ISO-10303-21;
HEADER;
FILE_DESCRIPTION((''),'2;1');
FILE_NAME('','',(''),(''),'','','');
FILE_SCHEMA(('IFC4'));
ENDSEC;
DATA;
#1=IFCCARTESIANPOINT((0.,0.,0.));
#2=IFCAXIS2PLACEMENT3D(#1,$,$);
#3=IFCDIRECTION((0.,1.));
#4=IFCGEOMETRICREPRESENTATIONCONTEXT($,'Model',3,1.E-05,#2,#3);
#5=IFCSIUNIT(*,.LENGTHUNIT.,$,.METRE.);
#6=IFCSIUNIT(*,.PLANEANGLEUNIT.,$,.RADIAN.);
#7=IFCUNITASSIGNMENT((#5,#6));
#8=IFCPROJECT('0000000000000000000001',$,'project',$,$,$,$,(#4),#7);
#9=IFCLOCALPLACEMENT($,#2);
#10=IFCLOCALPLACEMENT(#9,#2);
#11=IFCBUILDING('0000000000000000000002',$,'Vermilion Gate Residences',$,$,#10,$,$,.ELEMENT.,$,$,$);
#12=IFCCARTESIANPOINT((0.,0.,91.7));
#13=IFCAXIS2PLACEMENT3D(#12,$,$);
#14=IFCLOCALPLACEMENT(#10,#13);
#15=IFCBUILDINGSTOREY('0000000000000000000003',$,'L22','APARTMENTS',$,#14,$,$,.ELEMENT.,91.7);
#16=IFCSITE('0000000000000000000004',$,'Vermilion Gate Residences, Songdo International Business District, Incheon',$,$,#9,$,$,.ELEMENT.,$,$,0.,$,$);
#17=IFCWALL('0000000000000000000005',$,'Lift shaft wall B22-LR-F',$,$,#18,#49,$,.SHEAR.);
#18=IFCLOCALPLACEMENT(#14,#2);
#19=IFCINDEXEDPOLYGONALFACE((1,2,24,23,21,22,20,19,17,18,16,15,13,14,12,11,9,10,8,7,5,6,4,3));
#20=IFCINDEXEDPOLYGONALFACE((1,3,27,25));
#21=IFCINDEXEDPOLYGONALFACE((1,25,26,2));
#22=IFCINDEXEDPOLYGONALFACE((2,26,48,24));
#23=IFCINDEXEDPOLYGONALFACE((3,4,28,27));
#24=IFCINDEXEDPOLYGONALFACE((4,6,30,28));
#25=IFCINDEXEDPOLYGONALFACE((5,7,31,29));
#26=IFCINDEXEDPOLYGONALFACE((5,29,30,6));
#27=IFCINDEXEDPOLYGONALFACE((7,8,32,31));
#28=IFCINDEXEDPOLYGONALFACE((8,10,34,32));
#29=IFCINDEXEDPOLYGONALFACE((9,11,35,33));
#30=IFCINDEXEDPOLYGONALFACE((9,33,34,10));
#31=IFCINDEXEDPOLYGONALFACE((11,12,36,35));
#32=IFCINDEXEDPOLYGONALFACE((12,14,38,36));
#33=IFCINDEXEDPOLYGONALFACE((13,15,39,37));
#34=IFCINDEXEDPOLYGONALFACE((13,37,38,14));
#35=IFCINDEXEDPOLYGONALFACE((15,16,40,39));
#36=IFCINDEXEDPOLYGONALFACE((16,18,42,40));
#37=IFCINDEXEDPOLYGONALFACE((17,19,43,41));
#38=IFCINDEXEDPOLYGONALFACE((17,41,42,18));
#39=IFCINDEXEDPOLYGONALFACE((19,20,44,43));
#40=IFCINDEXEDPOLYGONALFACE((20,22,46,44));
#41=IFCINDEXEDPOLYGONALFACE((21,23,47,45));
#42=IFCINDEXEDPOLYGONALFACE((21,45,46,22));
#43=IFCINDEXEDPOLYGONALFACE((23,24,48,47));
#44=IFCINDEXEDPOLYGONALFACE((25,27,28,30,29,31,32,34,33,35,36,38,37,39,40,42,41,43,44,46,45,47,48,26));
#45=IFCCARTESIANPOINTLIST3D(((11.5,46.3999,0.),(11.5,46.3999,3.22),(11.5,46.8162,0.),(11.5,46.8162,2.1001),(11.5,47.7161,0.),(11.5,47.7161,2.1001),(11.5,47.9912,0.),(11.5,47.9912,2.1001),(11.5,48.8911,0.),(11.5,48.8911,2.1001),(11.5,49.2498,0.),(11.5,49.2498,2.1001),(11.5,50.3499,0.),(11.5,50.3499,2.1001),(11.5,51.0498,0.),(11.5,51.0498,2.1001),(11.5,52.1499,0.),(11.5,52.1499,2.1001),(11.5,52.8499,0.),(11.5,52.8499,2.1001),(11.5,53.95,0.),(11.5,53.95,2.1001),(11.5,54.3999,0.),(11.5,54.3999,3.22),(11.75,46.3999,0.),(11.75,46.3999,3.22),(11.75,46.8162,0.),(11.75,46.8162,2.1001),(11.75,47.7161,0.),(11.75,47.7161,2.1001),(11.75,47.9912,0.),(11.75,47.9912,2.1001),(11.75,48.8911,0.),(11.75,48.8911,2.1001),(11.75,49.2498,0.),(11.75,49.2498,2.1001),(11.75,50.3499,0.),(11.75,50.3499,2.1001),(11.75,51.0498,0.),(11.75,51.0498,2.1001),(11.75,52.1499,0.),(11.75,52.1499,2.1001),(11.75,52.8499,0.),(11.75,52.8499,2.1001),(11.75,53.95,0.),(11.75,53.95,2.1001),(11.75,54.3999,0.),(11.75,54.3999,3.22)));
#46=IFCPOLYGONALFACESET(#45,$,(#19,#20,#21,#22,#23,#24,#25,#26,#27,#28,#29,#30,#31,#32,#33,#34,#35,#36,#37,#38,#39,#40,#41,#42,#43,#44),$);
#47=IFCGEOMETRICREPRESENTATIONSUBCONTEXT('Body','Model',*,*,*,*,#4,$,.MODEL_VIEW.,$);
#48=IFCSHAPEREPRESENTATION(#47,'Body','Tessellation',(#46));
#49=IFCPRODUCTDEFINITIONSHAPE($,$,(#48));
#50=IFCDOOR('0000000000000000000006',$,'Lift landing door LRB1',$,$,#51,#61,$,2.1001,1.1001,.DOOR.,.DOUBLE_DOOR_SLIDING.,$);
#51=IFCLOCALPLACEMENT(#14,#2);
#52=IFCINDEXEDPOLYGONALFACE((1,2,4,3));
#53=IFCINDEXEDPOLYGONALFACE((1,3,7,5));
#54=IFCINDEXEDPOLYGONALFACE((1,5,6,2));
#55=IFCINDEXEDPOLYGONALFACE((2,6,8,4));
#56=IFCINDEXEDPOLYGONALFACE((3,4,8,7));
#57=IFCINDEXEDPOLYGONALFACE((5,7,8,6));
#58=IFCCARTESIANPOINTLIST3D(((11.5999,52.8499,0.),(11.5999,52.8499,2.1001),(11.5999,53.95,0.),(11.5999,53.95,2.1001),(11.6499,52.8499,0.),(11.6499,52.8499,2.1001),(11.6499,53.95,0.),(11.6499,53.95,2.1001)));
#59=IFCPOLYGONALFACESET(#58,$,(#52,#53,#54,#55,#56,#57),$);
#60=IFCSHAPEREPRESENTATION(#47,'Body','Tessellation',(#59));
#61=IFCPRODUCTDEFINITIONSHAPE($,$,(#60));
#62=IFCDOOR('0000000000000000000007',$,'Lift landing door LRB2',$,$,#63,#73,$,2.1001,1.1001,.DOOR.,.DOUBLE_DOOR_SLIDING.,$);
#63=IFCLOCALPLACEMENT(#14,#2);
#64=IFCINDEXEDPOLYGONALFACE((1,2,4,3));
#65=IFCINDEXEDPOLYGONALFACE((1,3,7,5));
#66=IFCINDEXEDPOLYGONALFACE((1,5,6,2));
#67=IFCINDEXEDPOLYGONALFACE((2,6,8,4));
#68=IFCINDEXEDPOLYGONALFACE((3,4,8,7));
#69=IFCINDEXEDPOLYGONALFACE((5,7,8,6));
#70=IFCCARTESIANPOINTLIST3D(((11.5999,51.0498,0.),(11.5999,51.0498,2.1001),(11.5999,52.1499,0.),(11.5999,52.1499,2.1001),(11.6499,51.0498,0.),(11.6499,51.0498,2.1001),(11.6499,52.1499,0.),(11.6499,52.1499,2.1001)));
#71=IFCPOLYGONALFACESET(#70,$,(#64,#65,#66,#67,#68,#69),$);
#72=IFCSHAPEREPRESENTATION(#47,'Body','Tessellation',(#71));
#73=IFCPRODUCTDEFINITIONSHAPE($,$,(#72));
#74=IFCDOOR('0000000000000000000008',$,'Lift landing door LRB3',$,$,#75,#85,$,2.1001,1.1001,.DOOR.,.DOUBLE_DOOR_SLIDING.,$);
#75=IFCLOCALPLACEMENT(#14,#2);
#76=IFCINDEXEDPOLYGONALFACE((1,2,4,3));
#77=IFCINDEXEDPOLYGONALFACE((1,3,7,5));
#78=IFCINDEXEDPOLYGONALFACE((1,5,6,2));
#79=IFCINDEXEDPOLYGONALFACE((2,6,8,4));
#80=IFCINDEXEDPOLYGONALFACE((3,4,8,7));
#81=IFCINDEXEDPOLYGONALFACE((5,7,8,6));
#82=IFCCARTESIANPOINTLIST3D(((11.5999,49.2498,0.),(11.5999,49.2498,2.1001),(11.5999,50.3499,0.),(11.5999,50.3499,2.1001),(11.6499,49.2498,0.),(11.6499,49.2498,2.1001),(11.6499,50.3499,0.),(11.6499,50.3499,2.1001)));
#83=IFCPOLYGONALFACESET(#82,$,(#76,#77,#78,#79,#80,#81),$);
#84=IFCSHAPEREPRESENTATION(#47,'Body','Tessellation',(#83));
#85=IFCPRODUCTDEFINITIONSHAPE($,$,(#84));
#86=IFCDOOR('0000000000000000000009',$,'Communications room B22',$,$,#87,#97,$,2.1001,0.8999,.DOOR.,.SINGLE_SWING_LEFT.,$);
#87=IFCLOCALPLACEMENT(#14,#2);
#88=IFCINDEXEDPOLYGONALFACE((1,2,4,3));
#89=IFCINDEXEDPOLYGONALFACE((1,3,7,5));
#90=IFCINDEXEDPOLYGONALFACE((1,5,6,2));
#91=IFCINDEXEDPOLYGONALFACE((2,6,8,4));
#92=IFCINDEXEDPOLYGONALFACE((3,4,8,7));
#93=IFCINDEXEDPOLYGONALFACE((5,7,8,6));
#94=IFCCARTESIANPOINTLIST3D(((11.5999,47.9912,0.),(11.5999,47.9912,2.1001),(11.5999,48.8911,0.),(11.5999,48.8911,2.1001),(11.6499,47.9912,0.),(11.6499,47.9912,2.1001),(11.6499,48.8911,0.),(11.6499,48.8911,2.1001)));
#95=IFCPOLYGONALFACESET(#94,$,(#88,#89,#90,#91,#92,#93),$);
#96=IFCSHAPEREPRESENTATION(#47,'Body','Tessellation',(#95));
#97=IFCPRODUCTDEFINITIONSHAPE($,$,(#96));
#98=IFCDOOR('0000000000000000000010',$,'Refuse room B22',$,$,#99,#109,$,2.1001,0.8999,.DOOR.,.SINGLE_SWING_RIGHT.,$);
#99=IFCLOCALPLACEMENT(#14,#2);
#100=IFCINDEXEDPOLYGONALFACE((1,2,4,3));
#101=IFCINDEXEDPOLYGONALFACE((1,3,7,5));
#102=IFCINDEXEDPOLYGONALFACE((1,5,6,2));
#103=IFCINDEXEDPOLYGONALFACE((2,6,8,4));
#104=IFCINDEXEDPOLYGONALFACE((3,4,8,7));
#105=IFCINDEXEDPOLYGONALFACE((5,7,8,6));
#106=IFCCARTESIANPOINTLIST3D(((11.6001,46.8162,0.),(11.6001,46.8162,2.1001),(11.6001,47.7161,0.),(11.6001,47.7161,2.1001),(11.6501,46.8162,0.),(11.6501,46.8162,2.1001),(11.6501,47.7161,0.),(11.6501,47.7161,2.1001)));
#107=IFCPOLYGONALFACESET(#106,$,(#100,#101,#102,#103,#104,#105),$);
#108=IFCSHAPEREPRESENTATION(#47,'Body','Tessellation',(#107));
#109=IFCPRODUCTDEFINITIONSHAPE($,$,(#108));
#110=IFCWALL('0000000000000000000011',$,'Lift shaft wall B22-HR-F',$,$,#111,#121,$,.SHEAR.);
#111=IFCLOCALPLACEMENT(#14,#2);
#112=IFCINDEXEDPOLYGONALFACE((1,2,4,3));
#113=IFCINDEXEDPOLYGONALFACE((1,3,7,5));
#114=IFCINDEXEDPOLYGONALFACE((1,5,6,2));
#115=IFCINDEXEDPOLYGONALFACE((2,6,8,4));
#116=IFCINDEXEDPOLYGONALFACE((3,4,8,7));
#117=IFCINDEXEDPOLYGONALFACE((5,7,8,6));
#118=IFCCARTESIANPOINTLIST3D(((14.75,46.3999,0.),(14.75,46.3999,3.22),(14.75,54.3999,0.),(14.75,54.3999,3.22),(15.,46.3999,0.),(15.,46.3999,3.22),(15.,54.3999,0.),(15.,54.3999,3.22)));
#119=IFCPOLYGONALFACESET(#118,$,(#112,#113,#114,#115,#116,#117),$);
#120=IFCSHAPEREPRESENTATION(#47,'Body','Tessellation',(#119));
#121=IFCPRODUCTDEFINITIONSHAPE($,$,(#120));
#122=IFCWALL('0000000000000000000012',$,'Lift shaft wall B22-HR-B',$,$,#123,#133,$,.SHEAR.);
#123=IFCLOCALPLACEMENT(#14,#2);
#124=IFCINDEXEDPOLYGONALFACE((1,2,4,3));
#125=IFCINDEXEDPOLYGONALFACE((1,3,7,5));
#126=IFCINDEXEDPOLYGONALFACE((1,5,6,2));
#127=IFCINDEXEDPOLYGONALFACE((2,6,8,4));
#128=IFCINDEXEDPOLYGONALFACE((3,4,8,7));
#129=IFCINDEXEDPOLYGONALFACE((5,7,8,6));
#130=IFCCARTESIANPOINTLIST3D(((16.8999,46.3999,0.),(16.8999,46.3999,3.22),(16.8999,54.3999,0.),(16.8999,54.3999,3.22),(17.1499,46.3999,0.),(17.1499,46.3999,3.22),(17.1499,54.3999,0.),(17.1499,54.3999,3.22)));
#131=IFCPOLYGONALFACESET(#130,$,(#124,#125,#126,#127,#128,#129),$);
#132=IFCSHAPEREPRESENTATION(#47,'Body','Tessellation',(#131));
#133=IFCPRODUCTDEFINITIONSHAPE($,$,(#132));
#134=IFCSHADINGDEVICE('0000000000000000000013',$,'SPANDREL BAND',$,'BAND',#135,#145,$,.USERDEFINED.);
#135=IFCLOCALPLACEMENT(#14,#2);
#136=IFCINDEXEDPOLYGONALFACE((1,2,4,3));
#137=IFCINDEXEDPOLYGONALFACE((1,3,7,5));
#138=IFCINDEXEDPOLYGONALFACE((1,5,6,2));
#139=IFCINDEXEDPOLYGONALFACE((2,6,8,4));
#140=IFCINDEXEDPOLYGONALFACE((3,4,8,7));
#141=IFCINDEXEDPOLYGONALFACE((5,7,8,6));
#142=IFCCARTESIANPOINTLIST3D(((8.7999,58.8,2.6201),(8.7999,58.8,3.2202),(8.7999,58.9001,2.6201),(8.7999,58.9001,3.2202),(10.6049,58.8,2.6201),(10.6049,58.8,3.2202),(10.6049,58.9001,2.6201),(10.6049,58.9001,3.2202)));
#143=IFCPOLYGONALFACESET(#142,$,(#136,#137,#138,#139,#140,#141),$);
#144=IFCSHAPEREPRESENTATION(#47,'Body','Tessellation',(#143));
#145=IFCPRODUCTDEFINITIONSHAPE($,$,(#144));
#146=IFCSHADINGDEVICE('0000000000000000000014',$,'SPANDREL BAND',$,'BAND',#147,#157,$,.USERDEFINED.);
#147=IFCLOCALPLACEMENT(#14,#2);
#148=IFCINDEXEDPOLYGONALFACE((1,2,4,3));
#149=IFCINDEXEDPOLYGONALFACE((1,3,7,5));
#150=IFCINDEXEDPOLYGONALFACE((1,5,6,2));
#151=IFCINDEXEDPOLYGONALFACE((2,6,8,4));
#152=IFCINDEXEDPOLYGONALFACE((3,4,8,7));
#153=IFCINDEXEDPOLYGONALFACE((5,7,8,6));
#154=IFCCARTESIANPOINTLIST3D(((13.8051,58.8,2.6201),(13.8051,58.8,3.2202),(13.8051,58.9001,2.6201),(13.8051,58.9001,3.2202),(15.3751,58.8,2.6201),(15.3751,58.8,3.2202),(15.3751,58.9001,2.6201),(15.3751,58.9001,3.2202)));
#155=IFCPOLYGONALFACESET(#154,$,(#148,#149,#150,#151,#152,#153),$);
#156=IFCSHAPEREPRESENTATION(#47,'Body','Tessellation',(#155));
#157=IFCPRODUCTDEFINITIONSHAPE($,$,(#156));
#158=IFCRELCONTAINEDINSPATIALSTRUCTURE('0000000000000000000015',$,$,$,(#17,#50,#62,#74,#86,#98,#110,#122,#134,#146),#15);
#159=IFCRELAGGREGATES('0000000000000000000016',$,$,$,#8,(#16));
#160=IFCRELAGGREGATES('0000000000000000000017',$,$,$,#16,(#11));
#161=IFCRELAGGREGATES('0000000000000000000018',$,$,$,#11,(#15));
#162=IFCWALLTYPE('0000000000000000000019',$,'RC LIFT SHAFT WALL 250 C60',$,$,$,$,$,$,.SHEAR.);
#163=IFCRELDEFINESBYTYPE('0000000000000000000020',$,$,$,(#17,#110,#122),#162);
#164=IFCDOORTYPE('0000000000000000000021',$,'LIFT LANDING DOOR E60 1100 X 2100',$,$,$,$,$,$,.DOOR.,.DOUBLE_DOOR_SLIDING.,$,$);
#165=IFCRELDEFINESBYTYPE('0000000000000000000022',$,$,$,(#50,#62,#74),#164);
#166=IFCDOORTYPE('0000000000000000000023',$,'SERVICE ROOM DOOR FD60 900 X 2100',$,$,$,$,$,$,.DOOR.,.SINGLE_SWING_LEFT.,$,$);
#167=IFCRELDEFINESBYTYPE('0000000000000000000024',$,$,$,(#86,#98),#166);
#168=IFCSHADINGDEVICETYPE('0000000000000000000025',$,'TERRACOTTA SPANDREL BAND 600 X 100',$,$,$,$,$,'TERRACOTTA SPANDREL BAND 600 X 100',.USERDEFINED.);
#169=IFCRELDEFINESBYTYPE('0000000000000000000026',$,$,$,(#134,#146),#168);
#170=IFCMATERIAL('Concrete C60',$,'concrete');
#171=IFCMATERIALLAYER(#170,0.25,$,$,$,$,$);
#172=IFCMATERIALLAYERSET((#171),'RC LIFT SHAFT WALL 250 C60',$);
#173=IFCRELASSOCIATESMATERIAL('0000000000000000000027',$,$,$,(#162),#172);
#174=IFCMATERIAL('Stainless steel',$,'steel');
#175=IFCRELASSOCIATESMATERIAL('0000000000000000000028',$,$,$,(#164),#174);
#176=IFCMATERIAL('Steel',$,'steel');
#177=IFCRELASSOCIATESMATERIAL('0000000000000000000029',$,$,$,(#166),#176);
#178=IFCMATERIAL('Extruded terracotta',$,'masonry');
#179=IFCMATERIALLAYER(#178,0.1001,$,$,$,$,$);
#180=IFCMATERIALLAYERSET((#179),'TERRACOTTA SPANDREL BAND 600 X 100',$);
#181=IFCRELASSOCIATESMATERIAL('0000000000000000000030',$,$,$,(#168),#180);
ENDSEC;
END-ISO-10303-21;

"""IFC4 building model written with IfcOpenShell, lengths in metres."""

from ifc_helpers import new_model, si_unit, direction, frame, frame_2d, origin, origin_2d, place, context, subcontext, project, spatial, rectangle, extrude, material, layer, layer_set, type_object, element, fill, save


model = new_model("IFC4")

# Units and contexts
model_context = context("Model", 3, precision=1e-05, world=origin(), true_north=direction((0.0, 1.0)))
body_context = subcontext(model_context, "Body", "Model", "MODEL_VIEW")
ifc_project = project(units=[si_unit("LENGTHUNIT", "METRE"), si_unit("PLANEANGLEUNIT", "RADIAN")], contexts=[model_context])

# Site, building, storey
site_placement = place(None, origin())
site = spatial("IfcSite", under=ifc_project, at=site_placement, Name="Vermilion Gate Residences, Songdo International Business District, Incheon", CompositionType="ELEMENT", RefElevation=0.0)
building_placement = place(site_placement, origin())
building = spatial("IfcBuilding", under=site, at=building_placement, Name="Vermilion Gate Residences", CompositionType="ELEMENT")
storey_placement = place(building_placement, frame((0.0, 0.0, 91.7)))
storey = spatial("IfcBuildingStorey", under=building, at=storey_placement, Name="L22", Description="APARTMENTS", CompositionType="ELEMENT", Elevation=91.7)

# Wall, openings, doors
ifc_material_1 = material(Name="Concrete C60", Category="concrete")
ifc_layer_1 = layer(ifc_material_1, 0.25)
ifc_layer_set_1 = layer_set([ifc_layer_1], Name="RC LIFT SHAFT WALL 250 C60")
wall_type_1 = type_object("IfcWallType", Name="RC LIFT SHAFT WALL 250 C60", PredefinedType="SHEAR", material=ifc_layer_set_1)
wall_1_placement = place(storey_placement, frame((11.625, 54.3999, 0.0), z_axis=(0.0, 0.0, 1.0), x_axis=(0.0, -1.0, 0.0)))
wall_1 = element("IfcWall", 1, at=wall_1_placement, inside=storey, type_object=wall_type_1, Name="Lift shaft wall B22-LR-F", PredefinedType="SHEAR", context=body_context, shape_type="SweptSolid", body=[
    extrude(rectangle(XDim=8.0, YDim=0.25, at=frame_2d((4.0, 0.0))), origin(), (0.0, 0.0, 1.0), 3.22),
])
opening_1_placement = place(wall_1_placement, frame((0.45, 0.0, 0.0)))
opening_1 = element("IfcOpeningElement", 2, at=opening_1_placement, cuts=wall_1, PredefinedType="OPENING", context=body_context, shape_type="SweptSolid", body=[
    extrude(rectangle(XDim=1.1001, YDim=2.1001, at=frame_2d((0.55, 1.05))), frame((0.0, 0.135, 0.0), z_axis=(0.0, -1.0, 0.0), x_axis=(1.0, 0.0, 0.0)), (0.0, 0.0, 1.0), 0.27),
])
opening_2_placement = place(wall_1_placement, frame((2.25, 0.0, 0.0)))
opening_2 = element("IfcOpeningElement", 3, at=opening_2_placement, cuts=wall_1, PredefinedType="OPENING", context=body_context, shape_type="SweptSolid", body=[
    extrude(rectangle(XDim=1.1001, YDim=2.1001, at=frame_2d((0.55, 1.05))), frame((0.0, 0.135, 0.0), z_axis=(0.0, -1.0, 0.0), x_axis=(1.0, 0.0, 0.0)), (0.0, 0.0, 1.0), 0.27),
])
opening_3_placement = place(wall_1_placement, frame((4.05, 0.0, 0.0)))
opening_3 = element("IfcOpeningElement", 4, at=opening_3_placement, cuts=wall_1, PredefinedType="OPENING", context=body_context, shape_type="SweptSolid", body=[
    extrude(rectangle(XDim=1.1001, YDim=2.1001, at=frame_2d((0.55, 1.05))), frame((0.0, 0.135, 0.0), z_axis=(0.0, -1.0, 0.0), x_axis=(1.0, 0.0, 0.0)), (0.0, 0.0, 1.0), 0.27),
])
opening_4_placement = place(wall_1_placement, frame((5.5088, 0.0, 0.0)))
opening_4 = element("IfcOpeningElement", 5, at=opening_4_placement, cuts=wall_1, PredefinedType="OPENING", context=body_context, shape_type="SweptSolid", body=[
    extrude(rectangle(XDim=0.8999, YDim=2.1001, at=frame_2d((0.45, 1.05))), frame((0.0, 0.135, 0.0), z_axis=(0.0, -1.0, 0.0), x_axis=(1.0, 0.0, 0.0)), (0.0, 0.0, 1.0), 0.27),
])
opening_5_placement = place(wall_1_placement, frame((6.6838, 0.0, 0.0)))
opening_5 = element("IfcOpeningElement", 6, at=opening_5_placement, cuts=wall_1, PredefinedType="OPENING", context=body_context, shape_type="SweptSolid", body=[
    extrude(rectangle(XDim=0.8999, YDim=2.1001, at=frame_2d((0.45, 1.05))), frame((0.0, 0.135, 0.0), z_axis=(0.0, -1.0, 0.0), x_axis=(1.0, 0.0, 0.0)), (0.0, 0.0, 1.0), 0.27),
])
ifc_material_2 = material(Name="Stainless steel", Category="steel")
door_type_1 = type_object("IfcDoorType", Name="LIFT LANDING DOOR E60 1100 X 2100", OperationType="DOUBLE_DOOR_SLIDING", PredefinedType="DOOR", material=ifc_material_2)
door_1_placement = place(opening_1_placement, origin())
door_1 = element("IfcDoor", 7, at=door_1_placement, inside=storey, type_object=door_type_1, Name="Lift landing door LRB1", OperationType="DOUBLE_DOOR_SLIDING", OverallHeight=2.1001, OverallWidth=1.1001, PredefinedType="DOOR", context=body_context, shape_type="SweptSolid", body=[
    extrude(rectangle(XDim=1.1001, YDim=2.1001, at=frame_2d((0.55, 1.05))), frame((0.0, 0.0249, 0.0), z_axis=(0.0, -1.0, 0.0), x_axis=(1.0, 0.0, 0.0)), (0.0, 0.0, 1.0), 0.05),
])
fill(opening_1, door_1)
door_2_placement = place(opening_2_placement, origin())
door_2 = element("IfcDoor", 8, at=door_2_placement, inside=storey, type_object=door_type_1, Name="Lift landing door LRB2", OperationType="DOUBLE_DOOR_SLIDING", OverallHeight=2.1001, OverallWidth=1.1001, PredefinedType="DOOR", context=body_context, shape_type="SweptSolid", body=[
    extrude(rectangle(XDim=1.1001, YDim=2.1001, at=frame_2d((0.55, 1.05))), frame((0.0, 0.0249, 0.0), z_axis=(0.0, -1.0, 0.0), x_axis=(1.0, 0.0, 0.0)), (0.0, 0.0, 1.0), 0.05),
])
fill(opening_2, door_2)
door_3_placement = place(opening_3_placement, origin())
door_3 = element("IfcDoor", 9, at=door_3_placement, inside=storey, type_object=door_type_1, Name="Lift landing door LRB3", OperationType="DOUBLE_DOOR_SLIDING", OverallHeight=2.1001, OverallWidth=1.1001, PredefinedType="DOOR", context=body_context, shape_type="SweptSolid", body=[
    extrude(rectangle(XDim=1.1001, YDim=2.1001, at=frame_2d((0.55, 1.05))), frame((0.0, 0.0249, 0.0), z_axis=(0.0, -1.0, 0.0), x_axis=(1.0, 0.0, 0.0)), (0.0, 0.0, 1.0), 0.05),
])
fill(opening_3, door_3)
ifc_material_3 = material(Name="Steel", Category="steel")
door_type_2 = type_object("IfcDoorType", Name="SERVICE ROOM DOOR FD60 900 X 2100", OperationType="SINGLE_SWING_LEFT", PredefinedType="DOOR", material=ifc_material_3)
door_4_placement = place(opening_4_placement, origin())
door_4 = element("IfcDoor", 10, at=door_4_placement, inside=storey, type_object=door_type_2, Name="Communications room B22", OperationType="SINGLE_SWING_LEFT", OverallHeight=2.1001, OverallWidth=0.8999, PredefinedType="DOOR", context=body_context, shape_type="SweptSolid", body=[
    extrude(rectangle(XDim=0.8999, YDim=2.1001, at=frame_2d((0.45, 1.05))), frame((0.0, 0.0249, 0.0), z_axis=(0.0, -1.0, 0.0), x_axis=(1.0, 0.0, 0.0)), (0.0, 0.0, 1.0), 0.05),
])
fill(opening_4, door_4)
door_5_placement = place(opening_5_placement, frame((0.8999, 0.0, 0.0), z_axis=(0.0, 0.0, 1.0), x_axis=(-1.0, 0.0, 0.0)))
door_5 = element("IfcDoor", 11, at=door_5_placement, inside=storey, type_object=door_type_2, Name="Refuse room B22", OperationType="SINGLE_SWING_RIGHT", OverallHeight=2.1001, OverallWidth=0.8999, PredefinedType="DOOR", context=body_context, shape_type="SweptSolid", body=[
    extrude(rectangle(XDim=0.8999, YDim=2.1001, at=frame_2d((0.45, 1.05))), frame((0.0, 0.0249, 0.0), z_axis=(0.0, -1.0, 0.0), x_axis=(1.0, 0.0, 0.0)), (0.0, 0.0, 1.0), 0.05),
])
fill(opening_5, door_5)

# Walls
for number, where, z_axis, x_axis, name in (
    (12, (14.875, 54.3999, 0.0), (0.0, 0.0, 1.0), (0.0, -1.0, 0.0), "Lift shaft wall B22-HR-F"),
    (13, (17.0249, 54.3999, 0.0), (0.0, 0.0, 1.0), (0.0, -1.0, 0.0), "Lift shaft wall B22-HR-B"),
):
    element("IfcWall", number, at=place(storey_placement, frame(where, z_axis=z_axis, x_axis=x_axis)), inside=storey, type_object=wall_type_1, Name=name, PredefinedType="SHEAR", context=body_context, shape_type="SweptSolid", body=[
        extrude(rectangle(XDim=8.0, YDim=0.25, at=frame_2d((4.0, 0.0))), origin(), (0.0, 0.0, 1.0), 3.22),
    ])

# Shading devices
ifc_material_4 = material(Name="Extruded terracotta", Category="masonry")
ifc_layer_2 = layer(ifc_material_4, 0.1001)
ifc_layer_set_2 = layer_set([ifc_layer_2], Name="TERRACOTTA SPANDREL BAND 600 X 100")
shading_device_type = type_object("IfcShadingDeviceType", Name="TERRACOTTA SPANDREL BAND 600 X 100", ElementType="TERRACOTTA SPANDREL BAND 600 X 100", PredefinedType="USERDEFINED", material=ifc_layer_set_2)
shading_device_1_placement = place(storey_placement, frame((9.7024, 58.8501, 2.6201), z_axis=(0.0, 0.0, 1.0), x_axis=(1.0, 0.0, 0.0)))
element("IfcShadingDevice", 14, at=shading_device_1_placement, inside=storey, type_object=shading_device_type, Name="SPANDREL BAND", ObjectType="BAND", PredefinedType="USERDEFINED", context=body_context, shape_type="SweptSolid", body=[
    extrude(rectangle(XDim=1.8049, YDim=0.1001, at=origin_2d()), origin(), (0.0, 0.0, 1.0), 0.6001),
])
shading_device_2_placement = place(storey_placement, frame((14.5901, 58.8501, 2.6201), z_axis=(0.0, 0.0, 1.0), x_axis=(1.0, 0.0, 0.0)))
element("IfcShadingDevice", 15, at=shading_device_2_placement, inside=storey, type_object=shading_device_type, Name="SPANDREL BAND", ObjectType="BAND", PredefinedType="USERDEFINED", context=body_context, shape_type="SweptSolid", body=[
    extrude(rectangle(XDim=1.5701, YDim=0.1001, at=origin_2d()), origin(), (0.0, 0.0, 1.0), 0.6001),
])

save(model, "model.ifc")
